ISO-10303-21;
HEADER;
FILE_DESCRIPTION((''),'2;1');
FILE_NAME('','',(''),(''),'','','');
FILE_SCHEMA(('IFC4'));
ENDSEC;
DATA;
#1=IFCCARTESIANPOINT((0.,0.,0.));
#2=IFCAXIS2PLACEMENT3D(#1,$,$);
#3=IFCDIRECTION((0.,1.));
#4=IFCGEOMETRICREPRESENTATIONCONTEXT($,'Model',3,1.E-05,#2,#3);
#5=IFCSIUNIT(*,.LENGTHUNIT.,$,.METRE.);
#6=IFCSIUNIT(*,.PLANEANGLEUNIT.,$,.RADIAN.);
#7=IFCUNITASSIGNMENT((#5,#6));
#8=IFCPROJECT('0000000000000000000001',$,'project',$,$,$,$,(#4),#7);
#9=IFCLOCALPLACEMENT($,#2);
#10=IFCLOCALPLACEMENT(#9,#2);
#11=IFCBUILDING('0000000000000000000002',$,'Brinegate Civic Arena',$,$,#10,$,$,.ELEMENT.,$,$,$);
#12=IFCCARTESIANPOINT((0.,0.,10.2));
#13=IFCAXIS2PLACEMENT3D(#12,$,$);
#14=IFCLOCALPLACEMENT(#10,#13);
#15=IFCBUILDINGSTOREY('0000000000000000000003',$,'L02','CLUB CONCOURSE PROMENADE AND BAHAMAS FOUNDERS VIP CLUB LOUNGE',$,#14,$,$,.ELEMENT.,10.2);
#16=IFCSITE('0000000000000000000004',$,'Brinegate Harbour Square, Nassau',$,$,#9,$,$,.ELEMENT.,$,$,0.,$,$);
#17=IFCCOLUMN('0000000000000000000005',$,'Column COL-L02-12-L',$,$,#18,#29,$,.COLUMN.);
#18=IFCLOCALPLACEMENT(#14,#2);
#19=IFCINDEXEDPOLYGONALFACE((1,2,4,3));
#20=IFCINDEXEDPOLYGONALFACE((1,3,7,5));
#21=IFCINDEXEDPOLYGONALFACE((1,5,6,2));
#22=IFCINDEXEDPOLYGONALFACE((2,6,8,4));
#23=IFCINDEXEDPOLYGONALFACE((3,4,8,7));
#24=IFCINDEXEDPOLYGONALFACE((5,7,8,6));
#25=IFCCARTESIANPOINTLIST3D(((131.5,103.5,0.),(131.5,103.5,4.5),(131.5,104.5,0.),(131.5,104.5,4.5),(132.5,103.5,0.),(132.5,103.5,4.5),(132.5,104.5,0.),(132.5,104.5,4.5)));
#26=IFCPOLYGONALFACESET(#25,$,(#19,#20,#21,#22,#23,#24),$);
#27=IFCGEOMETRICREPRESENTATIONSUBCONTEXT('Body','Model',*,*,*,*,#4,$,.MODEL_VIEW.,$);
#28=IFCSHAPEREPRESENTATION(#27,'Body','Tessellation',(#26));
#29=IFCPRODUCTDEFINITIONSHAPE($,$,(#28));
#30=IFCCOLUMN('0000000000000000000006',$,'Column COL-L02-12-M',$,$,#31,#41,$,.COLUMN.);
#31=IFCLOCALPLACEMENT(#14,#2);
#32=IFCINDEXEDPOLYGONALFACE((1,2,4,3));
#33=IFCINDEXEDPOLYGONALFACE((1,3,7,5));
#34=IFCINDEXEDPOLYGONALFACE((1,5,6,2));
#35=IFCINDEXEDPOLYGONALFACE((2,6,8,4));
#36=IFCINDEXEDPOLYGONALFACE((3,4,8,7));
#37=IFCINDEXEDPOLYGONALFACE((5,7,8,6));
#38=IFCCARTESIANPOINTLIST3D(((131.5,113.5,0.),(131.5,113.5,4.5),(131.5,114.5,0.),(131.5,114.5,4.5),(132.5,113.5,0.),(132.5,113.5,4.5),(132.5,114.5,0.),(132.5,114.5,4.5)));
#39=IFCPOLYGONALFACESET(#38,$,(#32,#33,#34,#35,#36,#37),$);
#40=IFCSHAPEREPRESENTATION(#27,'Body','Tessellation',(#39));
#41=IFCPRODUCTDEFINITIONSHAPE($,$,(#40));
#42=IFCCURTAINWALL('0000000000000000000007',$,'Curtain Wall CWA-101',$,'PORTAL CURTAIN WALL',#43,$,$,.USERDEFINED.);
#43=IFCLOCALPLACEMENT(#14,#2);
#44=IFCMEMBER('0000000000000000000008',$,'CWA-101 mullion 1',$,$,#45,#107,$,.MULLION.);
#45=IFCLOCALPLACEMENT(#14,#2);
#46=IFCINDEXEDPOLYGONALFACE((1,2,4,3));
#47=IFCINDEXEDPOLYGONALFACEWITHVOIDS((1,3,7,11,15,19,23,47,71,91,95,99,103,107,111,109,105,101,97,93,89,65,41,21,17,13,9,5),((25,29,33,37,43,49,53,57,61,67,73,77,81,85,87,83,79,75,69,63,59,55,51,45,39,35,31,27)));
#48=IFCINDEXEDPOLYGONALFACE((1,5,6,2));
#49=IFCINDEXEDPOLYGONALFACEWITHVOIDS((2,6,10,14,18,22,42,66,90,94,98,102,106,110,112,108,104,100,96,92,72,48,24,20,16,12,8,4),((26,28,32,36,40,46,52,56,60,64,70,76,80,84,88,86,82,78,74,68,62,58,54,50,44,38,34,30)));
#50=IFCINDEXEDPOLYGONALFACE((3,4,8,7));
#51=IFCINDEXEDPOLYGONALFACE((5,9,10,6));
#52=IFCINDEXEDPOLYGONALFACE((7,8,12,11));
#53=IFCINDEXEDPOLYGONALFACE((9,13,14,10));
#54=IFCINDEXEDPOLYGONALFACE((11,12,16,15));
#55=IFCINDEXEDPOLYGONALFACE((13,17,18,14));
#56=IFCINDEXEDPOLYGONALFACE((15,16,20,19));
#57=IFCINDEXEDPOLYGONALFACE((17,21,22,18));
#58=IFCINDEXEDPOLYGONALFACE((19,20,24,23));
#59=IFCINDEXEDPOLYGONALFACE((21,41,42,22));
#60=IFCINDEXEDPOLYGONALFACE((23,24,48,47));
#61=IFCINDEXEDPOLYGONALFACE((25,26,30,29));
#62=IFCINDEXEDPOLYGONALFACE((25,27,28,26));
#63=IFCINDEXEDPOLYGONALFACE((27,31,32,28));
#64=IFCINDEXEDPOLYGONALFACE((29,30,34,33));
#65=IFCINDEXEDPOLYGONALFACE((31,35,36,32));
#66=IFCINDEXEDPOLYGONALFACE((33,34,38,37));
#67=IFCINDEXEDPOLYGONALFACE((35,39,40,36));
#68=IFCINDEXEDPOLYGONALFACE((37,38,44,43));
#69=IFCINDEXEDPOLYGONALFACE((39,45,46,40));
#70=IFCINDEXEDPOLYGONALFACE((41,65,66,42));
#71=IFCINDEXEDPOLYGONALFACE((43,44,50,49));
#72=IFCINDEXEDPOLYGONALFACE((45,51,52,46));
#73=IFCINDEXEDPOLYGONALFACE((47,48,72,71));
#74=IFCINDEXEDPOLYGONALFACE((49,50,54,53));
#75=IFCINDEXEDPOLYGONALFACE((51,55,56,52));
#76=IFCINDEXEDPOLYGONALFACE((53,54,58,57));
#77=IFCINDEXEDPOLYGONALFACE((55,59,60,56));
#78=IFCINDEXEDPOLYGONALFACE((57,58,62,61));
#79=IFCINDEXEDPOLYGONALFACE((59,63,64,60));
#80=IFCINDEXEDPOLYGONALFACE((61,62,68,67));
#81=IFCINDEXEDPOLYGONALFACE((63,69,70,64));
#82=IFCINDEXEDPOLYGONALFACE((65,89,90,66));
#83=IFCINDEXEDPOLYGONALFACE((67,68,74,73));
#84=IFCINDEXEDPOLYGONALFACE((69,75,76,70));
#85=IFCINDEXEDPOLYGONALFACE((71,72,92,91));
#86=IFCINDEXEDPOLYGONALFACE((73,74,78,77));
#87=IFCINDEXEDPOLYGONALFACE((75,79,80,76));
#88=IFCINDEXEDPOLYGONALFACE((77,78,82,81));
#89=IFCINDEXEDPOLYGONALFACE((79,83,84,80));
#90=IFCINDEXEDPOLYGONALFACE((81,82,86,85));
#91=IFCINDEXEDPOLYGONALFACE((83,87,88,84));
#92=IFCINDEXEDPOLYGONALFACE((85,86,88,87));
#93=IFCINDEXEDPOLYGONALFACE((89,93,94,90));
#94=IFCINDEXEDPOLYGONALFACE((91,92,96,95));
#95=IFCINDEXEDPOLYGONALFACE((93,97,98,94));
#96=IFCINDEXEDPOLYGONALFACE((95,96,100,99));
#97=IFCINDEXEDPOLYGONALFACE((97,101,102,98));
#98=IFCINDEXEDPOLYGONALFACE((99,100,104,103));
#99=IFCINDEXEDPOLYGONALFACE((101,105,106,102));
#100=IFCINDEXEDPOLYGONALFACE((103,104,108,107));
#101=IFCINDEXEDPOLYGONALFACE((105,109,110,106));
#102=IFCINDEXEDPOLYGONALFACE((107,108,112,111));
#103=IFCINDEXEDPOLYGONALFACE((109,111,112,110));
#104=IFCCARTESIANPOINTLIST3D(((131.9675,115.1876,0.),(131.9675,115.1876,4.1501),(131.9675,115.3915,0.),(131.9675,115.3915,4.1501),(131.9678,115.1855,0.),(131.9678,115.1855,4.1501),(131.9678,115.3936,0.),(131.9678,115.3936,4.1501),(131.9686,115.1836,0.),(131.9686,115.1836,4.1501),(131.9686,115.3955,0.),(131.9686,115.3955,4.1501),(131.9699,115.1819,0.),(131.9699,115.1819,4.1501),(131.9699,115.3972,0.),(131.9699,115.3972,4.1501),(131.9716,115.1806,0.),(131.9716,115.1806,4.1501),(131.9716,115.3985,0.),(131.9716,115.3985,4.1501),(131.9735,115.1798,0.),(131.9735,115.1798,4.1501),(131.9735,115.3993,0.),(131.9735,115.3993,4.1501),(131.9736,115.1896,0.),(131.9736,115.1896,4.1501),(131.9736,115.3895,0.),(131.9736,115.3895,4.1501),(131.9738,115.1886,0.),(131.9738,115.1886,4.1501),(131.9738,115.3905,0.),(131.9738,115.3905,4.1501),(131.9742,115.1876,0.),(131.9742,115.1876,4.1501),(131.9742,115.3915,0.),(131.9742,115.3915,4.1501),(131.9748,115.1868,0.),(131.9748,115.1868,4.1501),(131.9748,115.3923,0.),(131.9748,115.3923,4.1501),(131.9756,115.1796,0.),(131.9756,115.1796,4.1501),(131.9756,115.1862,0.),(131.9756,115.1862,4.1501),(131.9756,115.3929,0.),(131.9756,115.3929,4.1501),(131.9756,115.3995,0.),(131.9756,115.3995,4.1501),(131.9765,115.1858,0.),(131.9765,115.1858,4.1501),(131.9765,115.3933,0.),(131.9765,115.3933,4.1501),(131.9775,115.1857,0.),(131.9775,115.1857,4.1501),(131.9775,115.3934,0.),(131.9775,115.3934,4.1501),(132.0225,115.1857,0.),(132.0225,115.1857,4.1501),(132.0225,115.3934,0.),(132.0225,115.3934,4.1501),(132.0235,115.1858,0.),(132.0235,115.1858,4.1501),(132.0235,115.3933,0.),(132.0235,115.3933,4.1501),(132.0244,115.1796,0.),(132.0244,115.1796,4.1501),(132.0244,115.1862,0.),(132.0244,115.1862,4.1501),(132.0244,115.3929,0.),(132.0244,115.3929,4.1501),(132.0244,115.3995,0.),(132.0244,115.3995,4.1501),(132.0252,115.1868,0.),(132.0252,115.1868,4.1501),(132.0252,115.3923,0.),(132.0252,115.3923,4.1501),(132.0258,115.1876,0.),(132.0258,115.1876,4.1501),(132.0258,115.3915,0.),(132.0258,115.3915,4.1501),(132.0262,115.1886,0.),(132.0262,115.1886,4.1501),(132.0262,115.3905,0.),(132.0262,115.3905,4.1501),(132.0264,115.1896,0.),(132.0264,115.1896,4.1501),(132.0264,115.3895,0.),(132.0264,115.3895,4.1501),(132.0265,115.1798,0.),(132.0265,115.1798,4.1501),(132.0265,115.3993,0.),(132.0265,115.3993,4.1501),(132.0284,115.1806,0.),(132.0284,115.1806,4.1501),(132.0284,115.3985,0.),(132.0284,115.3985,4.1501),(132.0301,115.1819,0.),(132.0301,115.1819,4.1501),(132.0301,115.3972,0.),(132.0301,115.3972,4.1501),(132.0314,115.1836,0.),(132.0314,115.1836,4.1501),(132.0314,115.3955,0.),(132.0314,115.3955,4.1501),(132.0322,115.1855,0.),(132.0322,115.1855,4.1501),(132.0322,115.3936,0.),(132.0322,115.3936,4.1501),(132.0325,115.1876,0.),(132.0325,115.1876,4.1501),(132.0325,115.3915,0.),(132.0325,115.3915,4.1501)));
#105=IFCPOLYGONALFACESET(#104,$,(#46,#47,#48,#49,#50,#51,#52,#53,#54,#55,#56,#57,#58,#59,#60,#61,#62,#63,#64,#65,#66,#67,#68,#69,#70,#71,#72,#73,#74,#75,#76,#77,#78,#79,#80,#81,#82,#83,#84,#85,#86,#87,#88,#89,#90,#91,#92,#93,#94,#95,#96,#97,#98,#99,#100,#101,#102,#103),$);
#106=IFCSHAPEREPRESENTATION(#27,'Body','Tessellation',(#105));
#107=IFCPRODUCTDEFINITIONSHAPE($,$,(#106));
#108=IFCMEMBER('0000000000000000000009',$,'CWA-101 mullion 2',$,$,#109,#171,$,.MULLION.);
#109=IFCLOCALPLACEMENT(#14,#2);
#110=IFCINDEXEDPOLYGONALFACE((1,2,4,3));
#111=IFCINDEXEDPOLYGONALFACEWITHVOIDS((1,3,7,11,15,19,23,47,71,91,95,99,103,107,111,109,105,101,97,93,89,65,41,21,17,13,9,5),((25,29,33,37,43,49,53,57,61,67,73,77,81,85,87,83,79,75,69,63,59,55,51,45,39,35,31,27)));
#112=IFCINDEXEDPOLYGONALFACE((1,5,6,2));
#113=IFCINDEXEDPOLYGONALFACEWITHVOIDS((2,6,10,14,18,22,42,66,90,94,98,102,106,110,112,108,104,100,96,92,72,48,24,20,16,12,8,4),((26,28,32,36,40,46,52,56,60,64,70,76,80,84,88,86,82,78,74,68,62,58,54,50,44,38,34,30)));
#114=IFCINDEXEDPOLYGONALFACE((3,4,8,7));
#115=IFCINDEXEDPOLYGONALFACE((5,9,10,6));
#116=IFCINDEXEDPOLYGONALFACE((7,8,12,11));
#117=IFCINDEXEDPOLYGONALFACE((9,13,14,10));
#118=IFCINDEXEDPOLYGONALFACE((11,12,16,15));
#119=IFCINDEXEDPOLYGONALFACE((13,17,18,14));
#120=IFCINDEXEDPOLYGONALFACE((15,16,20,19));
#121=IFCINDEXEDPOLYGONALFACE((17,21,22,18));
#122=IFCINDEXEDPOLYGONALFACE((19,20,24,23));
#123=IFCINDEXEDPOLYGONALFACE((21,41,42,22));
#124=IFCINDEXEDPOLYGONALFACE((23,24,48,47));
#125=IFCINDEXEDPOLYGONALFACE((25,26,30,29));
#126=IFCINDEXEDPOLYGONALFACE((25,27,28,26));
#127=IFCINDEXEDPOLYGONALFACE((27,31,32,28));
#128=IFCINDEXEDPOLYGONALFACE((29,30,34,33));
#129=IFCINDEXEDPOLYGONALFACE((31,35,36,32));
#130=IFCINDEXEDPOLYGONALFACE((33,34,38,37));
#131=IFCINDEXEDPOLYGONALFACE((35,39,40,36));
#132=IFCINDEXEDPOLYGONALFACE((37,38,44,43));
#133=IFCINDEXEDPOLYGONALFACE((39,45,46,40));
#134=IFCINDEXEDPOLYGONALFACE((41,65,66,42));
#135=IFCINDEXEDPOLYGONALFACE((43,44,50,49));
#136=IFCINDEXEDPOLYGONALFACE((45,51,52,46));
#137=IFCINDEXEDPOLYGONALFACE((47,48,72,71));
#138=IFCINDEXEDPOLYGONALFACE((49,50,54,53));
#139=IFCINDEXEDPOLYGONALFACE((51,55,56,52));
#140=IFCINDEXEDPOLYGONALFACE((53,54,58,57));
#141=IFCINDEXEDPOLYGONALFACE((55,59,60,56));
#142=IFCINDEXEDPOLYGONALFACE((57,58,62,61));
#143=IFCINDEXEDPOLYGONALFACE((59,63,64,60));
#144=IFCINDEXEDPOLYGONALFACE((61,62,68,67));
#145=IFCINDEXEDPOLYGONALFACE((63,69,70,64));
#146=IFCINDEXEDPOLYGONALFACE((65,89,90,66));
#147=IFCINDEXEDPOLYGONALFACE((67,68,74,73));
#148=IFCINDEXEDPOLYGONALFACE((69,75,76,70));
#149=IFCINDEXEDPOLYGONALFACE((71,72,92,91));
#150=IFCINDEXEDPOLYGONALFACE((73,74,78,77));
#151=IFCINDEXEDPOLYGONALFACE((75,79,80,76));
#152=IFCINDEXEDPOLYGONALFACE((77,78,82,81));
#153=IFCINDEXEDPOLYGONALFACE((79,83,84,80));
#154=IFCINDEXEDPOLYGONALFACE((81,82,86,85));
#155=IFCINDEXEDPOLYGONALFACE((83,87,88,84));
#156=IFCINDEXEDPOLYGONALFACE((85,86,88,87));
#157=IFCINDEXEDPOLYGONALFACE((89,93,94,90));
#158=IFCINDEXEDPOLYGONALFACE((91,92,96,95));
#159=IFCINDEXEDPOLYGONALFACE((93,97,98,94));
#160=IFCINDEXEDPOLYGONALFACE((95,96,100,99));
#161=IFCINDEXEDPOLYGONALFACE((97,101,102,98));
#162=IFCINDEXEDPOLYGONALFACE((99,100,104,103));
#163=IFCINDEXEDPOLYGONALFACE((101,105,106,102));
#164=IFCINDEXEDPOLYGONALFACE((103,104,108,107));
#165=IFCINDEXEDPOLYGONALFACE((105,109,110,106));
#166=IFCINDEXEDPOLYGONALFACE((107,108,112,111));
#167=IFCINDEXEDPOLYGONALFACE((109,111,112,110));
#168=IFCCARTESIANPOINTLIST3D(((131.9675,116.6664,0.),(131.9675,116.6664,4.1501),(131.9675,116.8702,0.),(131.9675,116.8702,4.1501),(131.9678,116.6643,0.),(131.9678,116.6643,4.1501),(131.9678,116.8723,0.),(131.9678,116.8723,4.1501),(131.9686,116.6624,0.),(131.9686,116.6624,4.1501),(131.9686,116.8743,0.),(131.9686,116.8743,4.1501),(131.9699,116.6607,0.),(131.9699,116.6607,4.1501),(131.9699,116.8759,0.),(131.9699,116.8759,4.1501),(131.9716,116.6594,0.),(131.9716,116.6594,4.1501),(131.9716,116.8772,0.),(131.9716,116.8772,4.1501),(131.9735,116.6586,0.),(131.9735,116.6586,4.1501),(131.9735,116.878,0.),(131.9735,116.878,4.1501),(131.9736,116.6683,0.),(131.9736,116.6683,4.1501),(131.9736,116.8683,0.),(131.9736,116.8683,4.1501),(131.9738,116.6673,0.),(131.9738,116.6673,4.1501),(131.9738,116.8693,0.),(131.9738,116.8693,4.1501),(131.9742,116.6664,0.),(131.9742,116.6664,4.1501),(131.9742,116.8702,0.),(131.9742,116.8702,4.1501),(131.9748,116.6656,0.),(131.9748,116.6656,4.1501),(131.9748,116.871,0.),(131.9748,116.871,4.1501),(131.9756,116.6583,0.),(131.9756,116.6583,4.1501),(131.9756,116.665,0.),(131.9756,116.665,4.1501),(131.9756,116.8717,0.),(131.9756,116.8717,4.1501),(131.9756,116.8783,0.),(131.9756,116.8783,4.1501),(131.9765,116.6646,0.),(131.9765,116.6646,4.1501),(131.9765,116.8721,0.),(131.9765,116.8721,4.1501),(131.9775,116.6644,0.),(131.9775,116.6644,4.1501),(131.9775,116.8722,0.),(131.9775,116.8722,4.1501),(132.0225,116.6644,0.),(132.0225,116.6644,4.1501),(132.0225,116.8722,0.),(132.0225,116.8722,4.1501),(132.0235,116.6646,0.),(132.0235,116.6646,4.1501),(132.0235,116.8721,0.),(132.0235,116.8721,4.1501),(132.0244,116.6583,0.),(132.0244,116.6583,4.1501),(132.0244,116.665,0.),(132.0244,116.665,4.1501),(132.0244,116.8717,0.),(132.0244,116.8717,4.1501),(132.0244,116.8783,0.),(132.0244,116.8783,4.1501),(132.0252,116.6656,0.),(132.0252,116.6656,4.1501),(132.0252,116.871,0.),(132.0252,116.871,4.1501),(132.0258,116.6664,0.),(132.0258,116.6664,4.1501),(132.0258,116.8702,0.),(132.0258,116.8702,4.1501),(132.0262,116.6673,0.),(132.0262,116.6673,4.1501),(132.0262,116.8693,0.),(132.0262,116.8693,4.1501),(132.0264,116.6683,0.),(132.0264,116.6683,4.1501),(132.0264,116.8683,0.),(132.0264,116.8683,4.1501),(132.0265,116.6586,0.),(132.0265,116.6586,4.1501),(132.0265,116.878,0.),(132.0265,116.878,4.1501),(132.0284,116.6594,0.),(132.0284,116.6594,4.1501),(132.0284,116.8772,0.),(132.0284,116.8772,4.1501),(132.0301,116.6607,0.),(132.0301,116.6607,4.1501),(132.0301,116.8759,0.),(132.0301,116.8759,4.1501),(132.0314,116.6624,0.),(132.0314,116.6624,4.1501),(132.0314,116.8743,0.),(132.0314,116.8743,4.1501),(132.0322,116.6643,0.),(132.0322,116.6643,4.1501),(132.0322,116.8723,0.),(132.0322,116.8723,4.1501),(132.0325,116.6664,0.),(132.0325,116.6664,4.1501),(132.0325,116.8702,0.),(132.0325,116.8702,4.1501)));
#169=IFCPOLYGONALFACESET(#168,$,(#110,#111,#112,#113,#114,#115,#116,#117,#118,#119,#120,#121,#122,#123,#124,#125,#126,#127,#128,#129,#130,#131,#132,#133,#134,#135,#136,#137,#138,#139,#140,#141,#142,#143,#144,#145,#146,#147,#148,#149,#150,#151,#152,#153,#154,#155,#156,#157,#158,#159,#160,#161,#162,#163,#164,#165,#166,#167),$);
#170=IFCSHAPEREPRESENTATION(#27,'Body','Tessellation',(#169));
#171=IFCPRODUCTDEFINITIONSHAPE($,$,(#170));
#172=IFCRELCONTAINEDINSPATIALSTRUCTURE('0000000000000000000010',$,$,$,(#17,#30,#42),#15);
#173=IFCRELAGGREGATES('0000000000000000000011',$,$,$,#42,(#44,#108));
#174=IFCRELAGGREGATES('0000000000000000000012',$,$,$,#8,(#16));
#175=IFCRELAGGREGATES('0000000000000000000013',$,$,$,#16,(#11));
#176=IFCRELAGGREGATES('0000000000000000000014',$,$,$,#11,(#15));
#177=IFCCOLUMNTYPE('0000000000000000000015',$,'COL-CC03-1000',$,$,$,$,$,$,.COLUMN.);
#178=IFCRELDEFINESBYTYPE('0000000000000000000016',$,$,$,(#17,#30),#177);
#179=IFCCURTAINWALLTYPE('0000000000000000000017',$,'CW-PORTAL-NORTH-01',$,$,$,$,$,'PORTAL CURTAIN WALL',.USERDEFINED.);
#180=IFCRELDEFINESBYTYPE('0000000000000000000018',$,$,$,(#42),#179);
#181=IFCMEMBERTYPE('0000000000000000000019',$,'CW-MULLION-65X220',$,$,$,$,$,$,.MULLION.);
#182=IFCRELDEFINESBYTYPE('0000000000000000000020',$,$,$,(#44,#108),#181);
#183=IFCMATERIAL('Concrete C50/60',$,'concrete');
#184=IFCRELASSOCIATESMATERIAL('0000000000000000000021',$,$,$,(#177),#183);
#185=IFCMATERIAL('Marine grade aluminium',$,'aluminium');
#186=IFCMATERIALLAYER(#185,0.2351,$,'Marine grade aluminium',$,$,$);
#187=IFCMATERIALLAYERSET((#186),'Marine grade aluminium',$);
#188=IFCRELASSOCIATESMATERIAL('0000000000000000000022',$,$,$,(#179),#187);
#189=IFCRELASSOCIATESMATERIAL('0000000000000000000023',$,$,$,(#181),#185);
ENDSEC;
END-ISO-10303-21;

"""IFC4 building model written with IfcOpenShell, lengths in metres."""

from ifc_helpers import new_model, si_unit, direction, frame, origin, origin_2d, place, context, subcontext, project, spatial, rectangle, hollow_rectangle, extrude, material, layer, layer_set, material_profile, profile_set, type_object, element, aggregate, save


model = new_model("IFC4")

# Units and contexts
model_context = context("Model", 3, precision=1e-05, world=origin(), true_north=direction((0.0, 1.0)))
body_context = subcontext(model_context, "Body", "Model", "MODEL_VIEW")
ifc_project = project(units=[si_unit("LENGTHUNIT", "METRE"), si_unit("PLANEANGLEUNIT", "RADIAN")], contexts=[model_context])

# Site, building, storey
site_placement = place(None, origin())
site = spatial("IfcSite", under=ifc_project, at=site_placement, Name="Brinegate Harbour Square, Nassau", CompositionType="ELEMENT", RefElevation=0.0)
building_placement = place(site_placement, origin())
building = spatial("IfcBuilding", under=site, at=building_placement, Name="Brinegate Civic Arena", CompositionType="ELEMENT")
storey_placement = place(building_placement, frame((0.0, 0.0, 10.2)))
storey = spatial("IfcBuildingStorey", under=building, at=storey_placement, Name="L02", Description="CLUB CONCOURSE PROMENADE AND BAHAMAS FOUNDERS VIP CLUB LOUNGE", CompositionType="ELEMENT", Elevation=10.2)

# Columns
ifc_material_1 = material(Name="Concrete C50/60", Category="concrete")
ifc_material_profile_1 = material_profile(ifc_material_1, rectangle(XDim=1.0, YDim=1.0, at=origin_2d()), Name="RC1000X1000")
ifc_profile_set_1 = profile_set([ifc_material_profile_1], Name="Concrete C50/60")
column_type = type_object("IfcColumnType", Name="COL-CC03-1000", PredefinedType="COLUMN", material=ifc_profile_set_1)
for number, where, z_axis, x_axis, name in (
    (1, (132.0, 104.0, 0.0), (0.0, 0.0, 1.0), (1.0, 0.0, 0.0), "Column COL-L02-12-L"),
    (2, (132.0, 114.0, 0.0), (0.0, 0.0, 1.0), (1.0, 0.0, 0.0), "Column COL-L02-12-M"),
):
    element("IfcColumn", number, at=place(storey_placement, frame(where, z_axis=z_axis, x_axis=x_axis)), inside=storey, type_object=column_type, Name=name, PredefinedType="COLUMN", context=body_context, shape_type="SweptSolid", body=[
        extrude(rectangle(XDim=1.0, YDim=1.0, at=origin_2d()), origin(), (0.0, 0.0, 1.0), 4.5),
    ])

# Curtain wall, members
ifc_material_2 = material(Name="Marine grade aluminium", Category="aluminium")
ifc_layer_1 = layer(ifc_material_2, 0.2351, Name="Marine grade aluminium")
ifc_layer_set_1 = layer_set([ifc_layer_1], Name="Marine grade aluminium")
curtain_wall_type = type_object("IfcCurtainWallType", Name="CW-PORTAL-NORTH-01", ElementType="PORTAL CURTAIN WALL", PredefinedType="USERDEFINED", material=ifc_layer_set_1)
curtain_wall_placement = place(storey_placement, origin())
curtain_wall = element("IfcCurtainWall", 3, at=curtain_wall_placement, inside=storey, type_object=curtain_wall_type, Name="Curtain Wall CWA-101", ObjectType="PORTAL CURTAIN WALL", PredefinedType="USERDEFINED")
ifc_material_profile_2 = material_profile(ifc_material_2, hollow_rectangle(XDim=0.0649, YDim=0.22, WallThickness=0.0061, InnerFilletRadius=0.0039, OuterFilletRadius=0.0081, at=origin_2d()), Name="MUL65X220")
ifc_profile_set_2 = profile_set([ifc_material_profile_2], Name="Marine grade aluminium")
member_type_1 = type_object("IfcMemberType", Name="CW-MULLION-65X220", PredefinedType="MULLION", material=ifc_profile_set_2)
member_1_placement = place(storey_placement, frame((132.0, 115.2896, 0.0), z_axis=(0.0, 0.0, 1.0), x_axis=(-1.0, 0.0, 0.0)))
member_1 = element("IfcMember", 4, at=member_1_placement, type_object=member_type_1, Name="CWA-101 mullion 1", PredefinedType="MULLION", context=body_context, shape_type="SweptSolid", body=[
    extrude(hollow_rectangle(XDim=0.0649, YDim=0.22, WallThickness=0.0061, InnerFilletRadius=0.0039, OuterFilletRadius=0.0081, at=origin_2d()), origin(), (0.0, 0.0, 1.0), 4.1501),
])
member_2_placement = place(storey_placement, frame((132.0, 116.7683, 0.0), z_axis=(0.0, 0.0, 1.0), x_axis=(-1.0, 0.0, 0.0)))
member_2 = element("IfcMember", 5, at=member_2_placement, type_object=member_type_1, Name="CWA-101 mullion 2", PredefinedType="MULLION", context=body_context, shape_type="SweptSolid", body=[
    extrude(hollow_rectangle(XDim=0.0649, YDim=0.22, WallThickness=0.0061, InnerFilletRadius=0.0039, OuterFilletRadius=0.0081, at=origin_2d()), origin(), (0.0, 0.0, 1.0), 4.1501),
])

aggregate(curtain_wall, [member_1, member_2])

save(model, "model.ifc")
